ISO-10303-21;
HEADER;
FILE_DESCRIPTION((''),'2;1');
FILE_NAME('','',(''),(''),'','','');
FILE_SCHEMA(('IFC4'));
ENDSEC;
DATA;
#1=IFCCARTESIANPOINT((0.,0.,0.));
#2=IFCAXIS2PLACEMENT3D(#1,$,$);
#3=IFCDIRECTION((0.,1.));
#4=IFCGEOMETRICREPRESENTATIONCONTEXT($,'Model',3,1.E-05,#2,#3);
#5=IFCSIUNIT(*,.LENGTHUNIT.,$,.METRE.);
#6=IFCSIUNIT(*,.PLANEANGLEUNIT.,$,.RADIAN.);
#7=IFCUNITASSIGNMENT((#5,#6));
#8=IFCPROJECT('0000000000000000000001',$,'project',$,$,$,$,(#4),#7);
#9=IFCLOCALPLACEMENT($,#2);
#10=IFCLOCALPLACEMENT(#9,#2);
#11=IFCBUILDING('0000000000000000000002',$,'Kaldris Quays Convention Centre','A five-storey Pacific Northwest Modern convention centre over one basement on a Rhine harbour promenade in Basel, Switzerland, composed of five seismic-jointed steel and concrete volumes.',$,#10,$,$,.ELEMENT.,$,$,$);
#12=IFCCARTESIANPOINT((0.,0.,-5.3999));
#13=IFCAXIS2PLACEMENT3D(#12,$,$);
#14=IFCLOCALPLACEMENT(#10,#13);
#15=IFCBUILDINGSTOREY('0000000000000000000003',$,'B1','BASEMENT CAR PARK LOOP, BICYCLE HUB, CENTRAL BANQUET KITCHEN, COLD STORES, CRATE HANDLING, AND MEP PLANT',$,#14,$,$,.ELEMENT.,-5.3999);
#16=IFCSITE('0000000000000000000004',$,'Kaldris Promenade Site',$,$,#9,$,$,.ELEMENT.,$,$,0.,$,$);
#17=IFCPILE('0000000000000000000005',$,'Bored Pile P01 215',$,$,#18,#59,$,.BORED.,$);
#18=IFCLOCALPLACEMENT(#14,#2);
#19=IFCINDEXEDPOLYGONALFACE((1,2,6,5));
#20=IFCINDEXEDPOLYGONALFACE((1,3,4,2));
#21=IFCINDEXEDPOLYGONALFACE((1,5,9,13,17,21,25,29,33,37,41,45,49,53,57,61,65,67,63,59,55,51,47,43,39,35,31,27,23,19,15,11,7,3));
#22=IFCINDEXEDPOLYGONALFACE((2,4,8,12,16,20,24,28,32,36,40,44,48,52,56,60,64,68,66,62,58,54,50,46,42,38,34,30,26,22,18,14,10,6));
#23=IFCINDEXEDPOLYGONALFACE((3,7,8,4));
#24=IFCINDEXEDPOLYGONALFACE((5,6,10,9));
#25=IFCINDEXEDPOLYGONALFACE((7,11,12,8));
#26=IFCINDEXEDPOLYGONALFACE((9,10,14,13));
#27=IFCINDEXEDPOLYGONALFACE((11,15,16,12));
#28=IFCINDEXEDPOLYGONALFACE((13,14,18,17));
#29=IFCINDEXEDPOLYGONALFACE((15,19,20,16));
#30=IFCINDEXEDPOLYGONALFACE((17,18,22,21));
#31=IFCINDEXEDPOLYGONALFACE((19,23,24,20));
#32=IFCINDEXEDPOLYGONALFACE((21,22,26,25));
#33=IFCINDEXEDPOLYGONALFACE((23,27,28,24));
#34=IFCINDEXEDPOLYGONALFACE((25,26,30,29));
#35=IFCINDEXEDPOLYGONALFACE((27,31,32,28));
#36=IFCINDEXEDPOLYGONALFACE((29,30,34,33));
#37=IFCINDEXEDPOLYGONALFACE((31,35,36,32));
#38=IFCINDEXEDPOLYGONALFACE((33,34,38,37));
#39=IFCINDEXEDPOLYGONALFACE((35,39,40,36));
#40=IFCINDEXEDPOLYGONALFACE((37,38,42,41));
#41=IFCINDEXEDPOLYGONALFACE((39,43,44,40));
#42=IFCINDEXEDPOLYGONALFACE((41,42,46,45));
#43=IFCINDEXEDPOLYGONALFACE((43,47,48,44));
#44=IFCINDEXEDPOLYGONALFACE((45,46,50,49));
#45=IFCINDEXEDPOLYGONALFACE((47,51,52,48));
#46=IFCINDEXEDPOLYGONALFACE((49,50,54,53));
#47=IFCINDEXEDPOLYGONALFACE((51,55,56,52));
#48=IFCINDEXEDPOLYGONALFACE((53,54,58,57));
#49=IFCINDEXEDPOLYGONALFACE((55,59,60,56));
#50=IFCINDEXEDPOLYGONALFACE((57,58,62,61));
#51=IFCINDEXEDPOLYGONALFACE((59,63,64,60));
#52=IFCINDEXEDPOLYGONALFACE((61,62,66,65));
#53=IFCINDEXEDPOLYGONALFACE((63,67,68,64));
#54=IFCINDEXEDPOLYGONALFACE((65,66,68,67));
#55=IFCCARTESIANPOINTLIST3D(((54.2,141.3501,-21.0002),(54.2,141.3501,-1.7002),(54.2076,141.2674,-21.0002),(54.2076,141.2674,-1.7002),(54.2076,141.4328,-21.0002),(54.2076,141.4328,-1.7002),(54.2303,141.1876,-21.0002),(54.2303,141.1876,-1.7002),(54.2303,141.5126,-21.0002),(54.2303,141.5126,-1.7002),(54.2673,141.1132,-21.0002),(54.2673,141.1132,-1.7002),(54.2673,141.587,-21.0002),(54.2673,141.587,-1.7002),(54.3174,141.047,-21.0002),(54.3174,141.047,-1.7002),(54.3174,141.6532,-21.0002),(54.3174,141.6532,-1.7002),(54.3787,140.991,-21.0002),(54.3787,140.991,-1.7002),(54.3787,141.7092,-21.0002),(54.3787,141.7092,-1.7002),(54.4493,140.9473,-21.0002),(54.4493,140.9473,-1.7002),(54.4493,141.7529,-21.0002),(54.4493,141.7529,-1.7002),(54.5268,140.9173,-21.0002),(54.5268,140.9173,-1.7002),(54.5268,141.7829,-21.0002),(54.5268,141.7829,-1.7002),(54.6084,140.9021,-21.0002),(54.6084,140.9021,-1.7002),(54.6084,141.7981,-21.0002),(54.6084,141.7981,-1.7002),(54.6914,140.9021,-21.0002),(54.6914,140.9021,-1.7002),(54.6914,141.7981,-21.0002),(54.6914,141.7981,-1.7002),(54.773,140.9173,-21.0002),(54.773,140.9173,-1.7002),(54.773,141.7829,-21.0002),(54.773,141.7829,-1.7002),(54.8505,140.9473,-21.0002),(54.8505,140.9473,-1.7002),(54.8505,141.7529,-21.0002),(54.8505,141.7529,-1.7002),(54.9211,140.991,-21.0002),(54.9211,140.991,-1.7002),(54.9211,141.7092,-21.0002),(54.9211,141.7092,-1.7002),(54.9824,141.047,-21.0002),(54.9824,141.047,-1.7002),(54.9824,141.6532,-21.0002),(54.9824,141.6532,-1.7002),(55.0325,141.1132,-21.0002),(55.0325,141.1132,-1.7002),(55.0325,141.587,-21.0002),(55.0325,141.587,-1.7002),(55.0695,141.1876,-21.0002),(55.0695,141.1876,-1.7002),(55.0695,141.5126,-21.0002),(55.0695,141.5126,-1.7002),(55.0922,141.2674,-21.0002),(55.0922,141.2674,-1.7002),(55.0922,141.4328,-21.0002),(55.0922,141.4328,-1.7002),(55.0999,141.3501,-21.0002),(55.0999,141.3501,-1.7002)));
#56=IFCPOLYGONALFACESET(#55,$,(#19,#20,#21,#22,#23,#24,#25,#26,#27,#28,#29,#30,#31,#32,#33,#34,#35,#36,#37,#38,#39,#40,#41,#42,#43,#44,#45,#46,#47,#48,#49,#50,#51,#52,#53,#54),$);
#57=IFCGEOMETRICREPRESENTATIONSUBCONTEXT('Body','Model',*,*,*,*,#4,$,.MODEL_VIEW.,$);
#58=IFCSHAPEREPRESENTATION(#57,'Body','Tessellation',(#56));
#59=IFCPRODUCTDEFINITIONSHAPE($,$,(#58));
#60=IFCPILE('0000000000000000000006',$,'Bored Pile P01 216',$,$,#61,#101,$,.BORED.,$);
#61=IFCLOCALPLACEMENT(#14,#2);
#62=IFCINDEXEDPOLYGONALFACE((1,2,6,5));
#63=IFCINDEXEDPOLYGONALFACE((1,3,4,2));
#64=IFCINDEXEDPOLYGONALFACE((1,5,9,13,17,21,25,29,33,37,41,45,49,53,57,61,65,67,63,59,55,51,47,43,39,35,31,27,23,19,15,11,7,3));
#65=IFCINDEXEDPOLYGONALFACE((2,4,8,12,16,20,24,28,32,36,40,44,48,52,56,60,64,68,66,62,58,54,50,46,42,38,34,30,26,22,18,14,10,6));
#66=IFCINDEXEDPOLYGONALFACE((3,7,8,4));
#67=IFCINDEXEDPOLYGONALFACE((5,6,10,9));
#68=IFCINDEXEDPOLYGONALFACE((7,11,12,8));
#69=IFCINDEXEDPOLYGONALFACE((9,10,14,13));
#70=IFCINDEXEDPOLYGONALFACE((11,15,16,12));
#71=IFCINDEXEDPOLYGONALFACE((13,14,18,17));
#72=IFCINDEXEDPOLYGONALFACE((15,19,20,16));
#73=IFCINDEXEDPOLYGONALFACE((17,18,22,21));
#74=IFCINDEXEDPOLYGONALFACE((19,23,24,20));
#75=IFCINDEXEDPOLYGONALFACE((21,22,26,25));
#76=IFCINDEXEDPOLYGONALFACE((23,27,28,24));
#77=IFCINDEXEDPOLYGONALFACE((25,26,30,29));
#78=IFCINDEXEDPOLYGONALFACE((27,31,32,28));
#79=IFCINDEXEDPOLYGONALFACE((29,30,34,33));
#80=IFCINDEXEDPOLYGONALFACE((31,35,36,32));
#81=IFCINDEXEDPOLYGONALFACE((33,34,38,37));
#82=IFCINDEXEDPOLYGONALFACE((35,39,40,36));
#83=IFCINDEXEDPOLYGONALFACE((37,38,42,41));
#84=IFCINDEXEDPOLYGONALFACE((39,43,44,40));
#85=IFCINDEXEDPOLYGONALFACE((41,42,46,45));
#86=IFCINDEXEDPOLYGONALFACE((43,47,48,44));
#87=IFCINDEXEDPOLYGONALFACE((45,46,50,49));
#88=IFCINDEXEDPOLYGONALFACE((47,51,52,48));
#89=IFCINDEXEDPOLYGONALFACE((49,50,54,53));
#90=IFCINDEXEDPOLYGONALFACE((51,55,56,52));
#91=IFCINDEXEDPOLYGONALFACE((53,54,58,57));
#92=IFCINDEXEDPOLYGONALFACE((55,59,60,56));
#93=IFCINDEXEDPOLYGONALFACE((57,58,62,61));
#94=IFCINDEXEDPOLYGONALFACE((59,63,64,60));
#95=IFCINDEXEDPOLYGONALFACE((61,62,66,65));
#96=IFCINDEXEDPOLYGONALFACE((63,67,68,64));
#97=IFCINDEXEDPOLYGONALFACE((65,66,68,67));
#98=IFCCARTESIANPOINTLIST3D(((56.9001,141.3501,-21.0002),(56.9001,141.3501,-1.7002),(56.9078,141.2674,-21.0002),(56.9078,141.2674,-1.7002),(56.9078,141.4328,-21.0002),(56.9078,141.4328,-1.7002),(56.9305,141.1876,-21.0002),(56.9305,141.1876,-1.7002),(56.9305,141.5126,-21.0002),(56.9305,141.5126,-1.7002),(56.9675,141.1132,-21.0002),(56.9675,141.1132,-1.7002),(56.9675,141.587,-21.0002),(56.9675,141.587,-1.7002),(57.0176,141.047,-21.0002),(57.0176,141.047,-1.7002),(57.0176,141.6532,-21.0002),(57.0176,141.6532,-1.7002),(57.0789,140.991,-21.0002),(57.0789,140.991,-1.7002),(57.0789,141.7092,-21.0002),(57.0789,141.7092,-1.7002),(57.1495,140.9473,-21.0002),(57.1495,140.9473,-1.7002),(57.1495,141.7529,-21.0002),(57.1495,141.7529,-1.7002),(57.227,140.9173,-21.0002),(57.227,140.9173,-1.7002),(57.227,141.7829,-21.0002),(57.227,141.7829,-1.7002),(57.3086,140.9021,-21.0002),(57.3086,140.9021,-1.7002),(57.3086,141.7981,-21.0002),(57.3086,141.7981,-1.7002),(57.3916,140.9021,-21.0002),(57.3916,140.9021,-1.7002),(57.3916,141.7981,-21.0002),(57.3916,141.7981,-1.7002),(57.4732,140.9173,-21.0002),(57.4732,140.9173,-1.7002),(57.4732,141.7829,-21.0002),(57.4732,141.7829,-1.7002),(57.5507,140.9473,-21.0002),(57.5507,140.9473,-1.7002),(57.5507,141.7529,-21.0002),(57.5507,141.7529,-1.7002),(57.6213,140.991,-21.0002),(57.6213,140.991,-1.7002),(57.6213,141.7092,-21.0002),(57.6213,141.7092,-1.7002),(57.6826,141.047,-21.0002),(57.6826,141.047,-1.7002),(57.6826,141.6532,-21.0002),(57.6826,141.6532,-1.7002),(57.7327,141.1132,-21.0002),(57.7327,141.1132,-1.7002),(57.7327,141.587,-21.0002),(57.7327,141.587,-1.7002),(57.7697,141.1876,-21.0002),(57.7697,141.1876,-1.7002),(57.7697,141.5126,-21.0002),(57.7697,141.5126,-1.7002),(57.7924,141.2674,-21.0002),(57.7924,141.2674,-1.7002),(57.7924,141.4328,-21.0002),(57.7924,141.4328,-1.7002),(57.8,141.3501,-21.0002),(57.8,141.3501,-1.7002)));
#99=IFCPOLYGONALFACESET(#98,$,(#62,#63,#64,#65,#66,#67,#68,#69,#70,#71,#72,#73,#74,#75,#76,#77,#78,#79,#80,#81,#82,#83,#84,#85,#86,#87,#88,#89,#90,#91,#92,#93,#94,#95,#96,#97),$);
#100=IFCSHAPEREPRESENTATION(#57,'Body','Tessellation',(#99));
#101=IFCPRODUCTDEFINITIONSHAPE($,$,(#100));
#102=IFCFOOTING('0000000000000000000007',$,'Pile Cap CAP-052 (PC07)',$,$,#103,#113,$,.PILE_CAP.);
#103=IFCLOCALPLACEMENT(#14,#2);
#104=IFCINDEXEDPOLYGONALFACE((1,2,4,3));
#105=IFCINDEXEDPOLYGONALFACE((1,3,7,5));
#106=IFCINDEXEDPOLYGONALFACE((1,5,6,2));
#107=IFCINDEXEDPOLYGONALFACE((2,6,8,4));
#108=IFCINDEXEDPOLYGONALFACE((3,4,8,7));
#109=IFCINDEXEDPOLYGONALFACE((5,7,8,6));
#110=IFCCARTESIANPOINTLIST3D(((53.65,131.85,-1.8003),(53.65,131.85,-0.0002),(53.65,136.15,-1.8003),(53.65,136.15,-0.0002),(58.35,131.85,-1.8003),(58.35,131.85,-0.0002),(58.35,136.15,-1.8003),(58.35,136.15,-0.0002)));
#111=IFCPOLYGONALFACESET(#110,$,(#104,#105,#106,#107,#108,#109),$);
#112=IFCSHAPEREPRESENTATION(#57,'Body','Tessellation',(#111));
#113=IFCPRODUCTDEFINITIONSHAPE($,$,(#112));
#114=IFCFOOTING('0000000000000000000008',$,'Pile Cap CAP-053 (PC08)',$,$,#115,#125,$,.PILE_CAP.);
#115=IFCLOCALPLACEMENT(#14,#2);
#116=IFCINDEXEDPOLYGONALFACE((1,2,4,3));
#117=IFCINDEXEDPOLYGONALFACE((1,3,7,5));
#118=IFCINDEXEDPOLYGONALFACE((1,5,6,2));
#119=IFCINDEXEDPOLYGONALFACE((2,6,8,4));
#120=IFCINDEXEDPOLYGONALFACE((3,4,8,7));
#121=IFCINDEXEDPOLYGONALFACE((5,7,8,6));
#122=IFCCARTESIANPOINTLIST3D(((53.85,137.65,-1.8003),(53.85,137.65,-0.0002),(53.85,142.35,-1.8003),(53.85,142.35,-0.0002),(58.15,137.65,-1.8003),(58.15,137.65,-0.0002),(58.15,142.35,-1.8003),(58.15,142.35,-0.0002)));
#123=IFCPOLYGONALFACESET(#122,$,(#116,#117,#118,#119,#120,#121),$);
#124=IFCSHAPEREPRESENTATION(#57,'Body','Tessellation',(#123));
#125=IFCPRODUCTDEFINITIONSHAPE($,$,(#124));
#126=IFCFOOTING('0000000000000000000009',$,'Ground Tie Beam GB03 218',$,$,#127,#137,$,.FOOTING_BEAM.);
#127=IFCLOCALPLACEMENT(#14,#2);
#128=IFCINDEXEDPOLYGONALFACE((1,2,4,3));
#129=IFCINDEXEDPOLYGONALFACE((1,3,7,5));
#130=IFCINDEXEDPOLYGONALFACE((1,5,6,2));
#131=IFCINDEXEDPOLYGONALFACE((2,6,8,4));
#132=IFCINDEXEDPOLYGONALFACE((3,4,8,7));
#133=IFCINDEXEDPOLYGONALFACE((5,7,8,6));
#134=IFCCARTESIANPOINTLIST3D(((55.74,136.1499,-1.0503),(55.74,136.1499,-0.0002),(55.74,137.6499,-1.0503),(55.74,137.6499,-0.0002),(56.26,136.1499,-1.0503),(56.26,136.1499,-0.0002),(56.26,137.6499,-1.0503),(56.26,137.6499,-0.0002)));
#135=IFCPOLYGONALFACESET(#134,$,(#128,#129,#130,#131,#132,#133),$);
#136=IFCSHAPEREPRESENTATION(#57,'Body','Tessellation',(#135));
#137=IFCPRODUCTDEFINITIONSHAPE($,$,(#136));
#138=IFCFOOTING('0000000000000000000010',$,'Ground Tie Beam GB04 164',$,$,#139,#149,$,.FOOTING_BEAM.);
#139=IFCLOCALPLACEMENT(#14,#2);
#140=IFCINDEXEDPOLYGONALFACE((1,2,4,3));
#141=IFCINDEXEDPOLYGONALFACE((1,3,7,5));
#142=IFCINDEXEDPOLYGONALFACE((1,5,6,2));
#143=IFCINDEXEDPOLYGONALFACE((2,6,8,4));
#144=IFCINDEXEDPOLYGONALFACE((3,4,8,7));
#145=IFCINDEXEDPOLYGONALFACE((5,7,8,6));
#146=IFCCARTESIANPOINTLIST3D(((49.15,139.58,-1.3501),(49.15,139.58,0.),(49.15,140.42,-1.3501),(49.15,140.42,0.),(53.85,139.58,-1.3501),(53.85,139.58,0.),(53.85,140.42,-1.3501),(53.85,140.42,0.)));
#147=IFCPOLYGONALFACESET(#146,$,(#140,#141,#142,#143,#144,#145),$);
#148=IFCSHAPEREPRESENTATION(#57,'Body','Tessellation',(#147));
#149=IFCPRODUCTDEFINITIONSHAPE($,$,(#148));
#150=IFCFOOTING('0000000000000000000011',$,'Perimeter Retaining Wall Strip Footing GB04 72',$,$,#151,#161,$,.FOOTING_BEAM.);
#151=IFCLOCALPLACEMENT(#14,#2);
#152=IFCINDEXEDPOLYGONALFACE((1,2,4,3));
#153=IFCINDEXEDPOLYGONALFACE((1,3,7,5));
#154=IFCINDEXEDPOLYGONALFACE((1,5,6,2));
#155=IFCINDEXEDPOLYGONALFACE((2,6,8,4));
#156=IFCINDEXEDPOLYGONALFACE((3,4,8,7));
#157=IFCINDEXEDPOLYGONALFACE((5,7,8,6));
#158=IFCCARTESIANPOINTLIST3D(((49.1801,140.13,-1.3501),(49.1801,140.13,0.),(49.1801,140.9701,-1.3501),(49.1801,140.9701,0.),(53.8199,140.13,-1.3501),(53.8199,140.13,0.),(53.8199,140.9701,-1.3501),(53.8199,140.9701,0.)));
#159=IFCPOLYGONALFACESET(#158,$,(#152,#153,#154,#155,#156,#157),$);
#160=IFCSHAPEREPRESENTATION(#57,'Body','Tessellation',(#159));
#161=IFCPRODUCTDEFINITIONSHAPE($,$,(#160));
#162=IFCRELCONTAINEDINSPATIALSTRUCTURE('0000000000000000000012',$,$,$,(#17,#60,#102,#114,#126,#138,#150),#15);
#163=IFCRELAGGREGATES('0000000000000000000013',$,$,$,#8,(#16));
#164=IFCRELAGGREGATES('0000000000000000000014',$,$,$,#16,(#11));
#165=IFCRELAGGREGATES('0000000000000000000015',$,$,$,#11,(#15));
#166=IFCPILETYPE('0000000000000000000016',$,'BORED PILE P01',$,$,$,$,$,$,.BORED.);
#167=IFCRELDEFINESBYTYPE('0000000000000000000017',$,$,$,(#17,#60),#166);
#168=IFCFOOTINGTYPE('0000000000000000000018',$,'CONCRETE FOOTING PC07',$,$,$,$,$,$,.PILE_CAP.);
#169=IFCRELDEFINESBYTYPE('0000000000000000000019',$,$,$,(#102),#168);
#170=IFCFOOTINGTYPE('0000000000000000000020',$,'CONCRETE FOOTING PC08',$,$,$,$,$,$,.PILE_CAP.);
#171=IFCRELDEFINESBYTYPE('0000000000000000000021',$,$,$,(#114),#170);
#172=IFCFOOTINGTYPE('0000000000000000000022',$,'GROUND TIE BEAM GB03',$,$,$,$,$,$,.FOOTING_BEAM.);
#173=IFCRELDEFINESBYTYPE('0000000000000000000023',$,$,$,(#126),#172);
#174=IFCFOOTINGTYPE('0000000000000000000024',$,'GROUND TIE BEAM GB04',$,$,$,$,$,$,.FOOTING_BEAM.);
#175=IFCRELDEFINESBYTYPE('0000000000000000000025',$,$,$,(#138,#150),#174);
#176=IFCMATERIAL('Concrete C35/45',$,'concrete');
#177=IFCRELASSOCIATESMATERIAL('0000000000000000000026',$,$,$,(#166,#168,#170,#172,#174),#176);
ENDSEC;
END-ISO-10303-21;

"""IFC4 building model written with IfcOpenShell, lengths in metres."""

from ifc_helpers import new_model, si_unit, direction, frame, origin, origin_2d, place, context, subcontext, project, spatial, rectangle, circle, extrude, material, material_profile, profile_set, type_object, element, save


model = new_model("IFC4")

# Units and contexts
model_context = context("Model", 3, precision=1e-05, world=origin(), true_north=direction((0.0, 1.0)))
body_context = subcontext(model_context, "Body", "Model", "MODEL_VIEW")
ifc_project = project(units=[si_unit("LENGTHUNIT", "METRE"), si_unit("PLANEANGLEUNIT", "RADIAN")], contexts=[model_context])

# Site, building, storey
site_placement = place(None, origin())
site = spatial("IfcSite", under=ifc_project, at=site_placement, Name="Kaldris Promenade Site", CompositionType="ELEMENT", RefElevation=0.0)
building_placement = place(site_placement, origin())
building = spatial("IfcBuilding", under=site, at=building_placement, Name="Kaldris Quays Convention Centre", Description="A five-storey Pacific Northwest Modern convention centre over one basement on a Rhine harbour promenade in Basel, Switzerland, composed of five seismic-jointed steel and concrete volumes.", CompositionType="ELEMENT")
storey_placement = place(building_placement, frame((0.0, 0.0, -5.3999)))
storey = spatial("IfcBuildingStorey", under=building, at=storey_placement, Name="B1", Description="BASEMENT CAR PARK LOOP, BICYCLE HUB, CENTRAL BANQUET KITCHEN, COLD STORES, CRATE HANDLING, AND MEP PLANT", CompositionType="ELEMENT", Elevation=-5.3999)

# Piles
ifc_material_1 = material(Name="Concrete C35/45", Category="concrete")
ifc_material_profile_1 = material_profile(ifc_material_1, circle(Radius=0.45, at=origin_2d()), Name="BORED PILE D900")
ifc_profile_set_1 = profile_set([ifc_material_profile_1], Name="Concrete C35/45")
pile_type = type_object("IfcPileType", Name="BORED PILE P01", PredefinedType="BORED", material=ifc_profile_set_1)
for number, where, z_axis, x_axis, name in (
    (1, (54.6499, 141.3501, -1.7002), (0.0, 0.0, -1.0), (1.0, 0.0, 0.0), "Bored Pile P01 215"),
    (2, (57.3501, 141.3501, -1.7002), (0.0, 0.0, -1.0), (1.0, 0.0, 0.0), "Bored Pile P01 216"),
):
    element("IfcPile", number, at=place(storey_placement, frame(where, z_axis=z_axis, x_axis=x_axis)), inside=storey, type_object=pile_type, Name=name, PredefinedType="BORED", context=body_context, shape_type="SweptSolid", body=[
        extrude(circle(Radius=0.45, at=origin_2d()), origin(), (0.0, 0.0, 1.0), 19.3),
    ])

# Footings
footing_type_1 = type_object("IfcFootingType", Name="CONCRETE FOOTING PC07", PredefinedType="PILE_CAP", material=ifc_material_1)
footing_1_placement = place(storey_placement, frame((56.0, 134.0, -1.8003), z_axis=(0.0, 0.0, 1.0), x_axis=(1.0, 0.0, 0.0)))
element("IfcFooting", 3, at=footing_1_placement, inside=storey, type_object=footing_type_1, Name="Pile Cap CAP-052 (PC07)", PredefinedType="PILE_CAP", context=body_context, shape_type="SweptSolid", body=[
    extrude(rectangle(XDim=4.7, YDim=4.3, at=origin_2d()), origin(), (0.0, 0.0, 1.0), 1.8),
])
footing_type_2 = type_object("IfcFootingType", Name="CONCRETE FOOTING PC08", PredefinedType="PILE_CAP", material=ifc_material_1)
footing_2_placement = place(storey_placement, frame((56.0, 140.0, -1.8003), z_axis=(0.0, 0.0, 1.0), x_axis=(1.0, 0.0, 0.0)))
element("IfcFooting", 4, at=footing_2_placement, inside=storey, type_object=footing_type_2, Name="Pile Cap CAP-053 (PC08)", PredefinedType="PILE_CAP", context=body_context, shape_type="SweptSolid", body=[
    extrude(rectangle(XDim=4.3, YDim=4.7, at=origin_2d()), origin(), (0.0, 0.0, 1.0), 1.8),
])
footing_type_3 = type_object("IfcFootingType", Name="GROUND TIE BEAM GB03", PredefinedType="FOOTING_BEAM", material=ifc_material_1)
footing_3_placement = place(storey_placement, frame((56.0, 136.8999, -1.0503), z_axis=(0.0, 0.0, 1.0), x_axis=(1.0, 0.0, 0.0)))
element("IfcFooting", 5, at=footing_3_placement, inside=storey, type_object=footing_type_3, Name="Ground Tie Beam GB03 218", PredefinedType="FOOTING_BEAM", context=body_context, shape_type="SweptSolid", body=[
    extrude(rectangle(XDim=0.52, YDim=1.5, at=origin_2d()), origin(), (0.0, 0.0, 1.0), 1.05),
])
footing_type_4 = type_object("IfcFootingType", Name="GROUND TIE BEAM GB04", PredefinedType="FOOTING_BEAM", material=ifc_material_1)
footing_4_placement = place(storey_placement, frame((51.5, 140.0, -1.3501), z_axis=(0.0, 0.0, 1.0), x_axis=(1.0, 0.0, 0.0)))
element("IfcFooting", 6, at=footing_4_placement, inside=storey, type_object=footing_type_4, Name="Ground Tie Beam GB04 164", PredefinedType="FOOTING_BEAM", context=body_context, shape_type="SweptSolid", body=[
    extrude(rectangle(XDim=4.7, YDim=0.8401, at=origin_2d()), origin(), (0.0, 0.0, 1.0), 1.3501),
])
footing_5_placement = place(storey_placement, frame((51.5, 140.55, -1.3501), z_axis=(0.0, 0.0, 1.0), x_axis=(1.0, 0.0, 0.0)))
element("IfcFooting", 7, at=footing_5_placement, inside=storey, type_object=footing_type_4, Name="Perimeter Retaining Wall Strip Footing GB04 72", PredefinedType="FOOTING_BEAM", context=body_context, shape_type="SweptSolid", body=[
    extrude(rectangle(XDim=4.6399, YDim=0.8401, at=origin_2d()), origin(), (0.0, 0.0, 1.0), 1.3501),
])

save(model, "model.ifc")
